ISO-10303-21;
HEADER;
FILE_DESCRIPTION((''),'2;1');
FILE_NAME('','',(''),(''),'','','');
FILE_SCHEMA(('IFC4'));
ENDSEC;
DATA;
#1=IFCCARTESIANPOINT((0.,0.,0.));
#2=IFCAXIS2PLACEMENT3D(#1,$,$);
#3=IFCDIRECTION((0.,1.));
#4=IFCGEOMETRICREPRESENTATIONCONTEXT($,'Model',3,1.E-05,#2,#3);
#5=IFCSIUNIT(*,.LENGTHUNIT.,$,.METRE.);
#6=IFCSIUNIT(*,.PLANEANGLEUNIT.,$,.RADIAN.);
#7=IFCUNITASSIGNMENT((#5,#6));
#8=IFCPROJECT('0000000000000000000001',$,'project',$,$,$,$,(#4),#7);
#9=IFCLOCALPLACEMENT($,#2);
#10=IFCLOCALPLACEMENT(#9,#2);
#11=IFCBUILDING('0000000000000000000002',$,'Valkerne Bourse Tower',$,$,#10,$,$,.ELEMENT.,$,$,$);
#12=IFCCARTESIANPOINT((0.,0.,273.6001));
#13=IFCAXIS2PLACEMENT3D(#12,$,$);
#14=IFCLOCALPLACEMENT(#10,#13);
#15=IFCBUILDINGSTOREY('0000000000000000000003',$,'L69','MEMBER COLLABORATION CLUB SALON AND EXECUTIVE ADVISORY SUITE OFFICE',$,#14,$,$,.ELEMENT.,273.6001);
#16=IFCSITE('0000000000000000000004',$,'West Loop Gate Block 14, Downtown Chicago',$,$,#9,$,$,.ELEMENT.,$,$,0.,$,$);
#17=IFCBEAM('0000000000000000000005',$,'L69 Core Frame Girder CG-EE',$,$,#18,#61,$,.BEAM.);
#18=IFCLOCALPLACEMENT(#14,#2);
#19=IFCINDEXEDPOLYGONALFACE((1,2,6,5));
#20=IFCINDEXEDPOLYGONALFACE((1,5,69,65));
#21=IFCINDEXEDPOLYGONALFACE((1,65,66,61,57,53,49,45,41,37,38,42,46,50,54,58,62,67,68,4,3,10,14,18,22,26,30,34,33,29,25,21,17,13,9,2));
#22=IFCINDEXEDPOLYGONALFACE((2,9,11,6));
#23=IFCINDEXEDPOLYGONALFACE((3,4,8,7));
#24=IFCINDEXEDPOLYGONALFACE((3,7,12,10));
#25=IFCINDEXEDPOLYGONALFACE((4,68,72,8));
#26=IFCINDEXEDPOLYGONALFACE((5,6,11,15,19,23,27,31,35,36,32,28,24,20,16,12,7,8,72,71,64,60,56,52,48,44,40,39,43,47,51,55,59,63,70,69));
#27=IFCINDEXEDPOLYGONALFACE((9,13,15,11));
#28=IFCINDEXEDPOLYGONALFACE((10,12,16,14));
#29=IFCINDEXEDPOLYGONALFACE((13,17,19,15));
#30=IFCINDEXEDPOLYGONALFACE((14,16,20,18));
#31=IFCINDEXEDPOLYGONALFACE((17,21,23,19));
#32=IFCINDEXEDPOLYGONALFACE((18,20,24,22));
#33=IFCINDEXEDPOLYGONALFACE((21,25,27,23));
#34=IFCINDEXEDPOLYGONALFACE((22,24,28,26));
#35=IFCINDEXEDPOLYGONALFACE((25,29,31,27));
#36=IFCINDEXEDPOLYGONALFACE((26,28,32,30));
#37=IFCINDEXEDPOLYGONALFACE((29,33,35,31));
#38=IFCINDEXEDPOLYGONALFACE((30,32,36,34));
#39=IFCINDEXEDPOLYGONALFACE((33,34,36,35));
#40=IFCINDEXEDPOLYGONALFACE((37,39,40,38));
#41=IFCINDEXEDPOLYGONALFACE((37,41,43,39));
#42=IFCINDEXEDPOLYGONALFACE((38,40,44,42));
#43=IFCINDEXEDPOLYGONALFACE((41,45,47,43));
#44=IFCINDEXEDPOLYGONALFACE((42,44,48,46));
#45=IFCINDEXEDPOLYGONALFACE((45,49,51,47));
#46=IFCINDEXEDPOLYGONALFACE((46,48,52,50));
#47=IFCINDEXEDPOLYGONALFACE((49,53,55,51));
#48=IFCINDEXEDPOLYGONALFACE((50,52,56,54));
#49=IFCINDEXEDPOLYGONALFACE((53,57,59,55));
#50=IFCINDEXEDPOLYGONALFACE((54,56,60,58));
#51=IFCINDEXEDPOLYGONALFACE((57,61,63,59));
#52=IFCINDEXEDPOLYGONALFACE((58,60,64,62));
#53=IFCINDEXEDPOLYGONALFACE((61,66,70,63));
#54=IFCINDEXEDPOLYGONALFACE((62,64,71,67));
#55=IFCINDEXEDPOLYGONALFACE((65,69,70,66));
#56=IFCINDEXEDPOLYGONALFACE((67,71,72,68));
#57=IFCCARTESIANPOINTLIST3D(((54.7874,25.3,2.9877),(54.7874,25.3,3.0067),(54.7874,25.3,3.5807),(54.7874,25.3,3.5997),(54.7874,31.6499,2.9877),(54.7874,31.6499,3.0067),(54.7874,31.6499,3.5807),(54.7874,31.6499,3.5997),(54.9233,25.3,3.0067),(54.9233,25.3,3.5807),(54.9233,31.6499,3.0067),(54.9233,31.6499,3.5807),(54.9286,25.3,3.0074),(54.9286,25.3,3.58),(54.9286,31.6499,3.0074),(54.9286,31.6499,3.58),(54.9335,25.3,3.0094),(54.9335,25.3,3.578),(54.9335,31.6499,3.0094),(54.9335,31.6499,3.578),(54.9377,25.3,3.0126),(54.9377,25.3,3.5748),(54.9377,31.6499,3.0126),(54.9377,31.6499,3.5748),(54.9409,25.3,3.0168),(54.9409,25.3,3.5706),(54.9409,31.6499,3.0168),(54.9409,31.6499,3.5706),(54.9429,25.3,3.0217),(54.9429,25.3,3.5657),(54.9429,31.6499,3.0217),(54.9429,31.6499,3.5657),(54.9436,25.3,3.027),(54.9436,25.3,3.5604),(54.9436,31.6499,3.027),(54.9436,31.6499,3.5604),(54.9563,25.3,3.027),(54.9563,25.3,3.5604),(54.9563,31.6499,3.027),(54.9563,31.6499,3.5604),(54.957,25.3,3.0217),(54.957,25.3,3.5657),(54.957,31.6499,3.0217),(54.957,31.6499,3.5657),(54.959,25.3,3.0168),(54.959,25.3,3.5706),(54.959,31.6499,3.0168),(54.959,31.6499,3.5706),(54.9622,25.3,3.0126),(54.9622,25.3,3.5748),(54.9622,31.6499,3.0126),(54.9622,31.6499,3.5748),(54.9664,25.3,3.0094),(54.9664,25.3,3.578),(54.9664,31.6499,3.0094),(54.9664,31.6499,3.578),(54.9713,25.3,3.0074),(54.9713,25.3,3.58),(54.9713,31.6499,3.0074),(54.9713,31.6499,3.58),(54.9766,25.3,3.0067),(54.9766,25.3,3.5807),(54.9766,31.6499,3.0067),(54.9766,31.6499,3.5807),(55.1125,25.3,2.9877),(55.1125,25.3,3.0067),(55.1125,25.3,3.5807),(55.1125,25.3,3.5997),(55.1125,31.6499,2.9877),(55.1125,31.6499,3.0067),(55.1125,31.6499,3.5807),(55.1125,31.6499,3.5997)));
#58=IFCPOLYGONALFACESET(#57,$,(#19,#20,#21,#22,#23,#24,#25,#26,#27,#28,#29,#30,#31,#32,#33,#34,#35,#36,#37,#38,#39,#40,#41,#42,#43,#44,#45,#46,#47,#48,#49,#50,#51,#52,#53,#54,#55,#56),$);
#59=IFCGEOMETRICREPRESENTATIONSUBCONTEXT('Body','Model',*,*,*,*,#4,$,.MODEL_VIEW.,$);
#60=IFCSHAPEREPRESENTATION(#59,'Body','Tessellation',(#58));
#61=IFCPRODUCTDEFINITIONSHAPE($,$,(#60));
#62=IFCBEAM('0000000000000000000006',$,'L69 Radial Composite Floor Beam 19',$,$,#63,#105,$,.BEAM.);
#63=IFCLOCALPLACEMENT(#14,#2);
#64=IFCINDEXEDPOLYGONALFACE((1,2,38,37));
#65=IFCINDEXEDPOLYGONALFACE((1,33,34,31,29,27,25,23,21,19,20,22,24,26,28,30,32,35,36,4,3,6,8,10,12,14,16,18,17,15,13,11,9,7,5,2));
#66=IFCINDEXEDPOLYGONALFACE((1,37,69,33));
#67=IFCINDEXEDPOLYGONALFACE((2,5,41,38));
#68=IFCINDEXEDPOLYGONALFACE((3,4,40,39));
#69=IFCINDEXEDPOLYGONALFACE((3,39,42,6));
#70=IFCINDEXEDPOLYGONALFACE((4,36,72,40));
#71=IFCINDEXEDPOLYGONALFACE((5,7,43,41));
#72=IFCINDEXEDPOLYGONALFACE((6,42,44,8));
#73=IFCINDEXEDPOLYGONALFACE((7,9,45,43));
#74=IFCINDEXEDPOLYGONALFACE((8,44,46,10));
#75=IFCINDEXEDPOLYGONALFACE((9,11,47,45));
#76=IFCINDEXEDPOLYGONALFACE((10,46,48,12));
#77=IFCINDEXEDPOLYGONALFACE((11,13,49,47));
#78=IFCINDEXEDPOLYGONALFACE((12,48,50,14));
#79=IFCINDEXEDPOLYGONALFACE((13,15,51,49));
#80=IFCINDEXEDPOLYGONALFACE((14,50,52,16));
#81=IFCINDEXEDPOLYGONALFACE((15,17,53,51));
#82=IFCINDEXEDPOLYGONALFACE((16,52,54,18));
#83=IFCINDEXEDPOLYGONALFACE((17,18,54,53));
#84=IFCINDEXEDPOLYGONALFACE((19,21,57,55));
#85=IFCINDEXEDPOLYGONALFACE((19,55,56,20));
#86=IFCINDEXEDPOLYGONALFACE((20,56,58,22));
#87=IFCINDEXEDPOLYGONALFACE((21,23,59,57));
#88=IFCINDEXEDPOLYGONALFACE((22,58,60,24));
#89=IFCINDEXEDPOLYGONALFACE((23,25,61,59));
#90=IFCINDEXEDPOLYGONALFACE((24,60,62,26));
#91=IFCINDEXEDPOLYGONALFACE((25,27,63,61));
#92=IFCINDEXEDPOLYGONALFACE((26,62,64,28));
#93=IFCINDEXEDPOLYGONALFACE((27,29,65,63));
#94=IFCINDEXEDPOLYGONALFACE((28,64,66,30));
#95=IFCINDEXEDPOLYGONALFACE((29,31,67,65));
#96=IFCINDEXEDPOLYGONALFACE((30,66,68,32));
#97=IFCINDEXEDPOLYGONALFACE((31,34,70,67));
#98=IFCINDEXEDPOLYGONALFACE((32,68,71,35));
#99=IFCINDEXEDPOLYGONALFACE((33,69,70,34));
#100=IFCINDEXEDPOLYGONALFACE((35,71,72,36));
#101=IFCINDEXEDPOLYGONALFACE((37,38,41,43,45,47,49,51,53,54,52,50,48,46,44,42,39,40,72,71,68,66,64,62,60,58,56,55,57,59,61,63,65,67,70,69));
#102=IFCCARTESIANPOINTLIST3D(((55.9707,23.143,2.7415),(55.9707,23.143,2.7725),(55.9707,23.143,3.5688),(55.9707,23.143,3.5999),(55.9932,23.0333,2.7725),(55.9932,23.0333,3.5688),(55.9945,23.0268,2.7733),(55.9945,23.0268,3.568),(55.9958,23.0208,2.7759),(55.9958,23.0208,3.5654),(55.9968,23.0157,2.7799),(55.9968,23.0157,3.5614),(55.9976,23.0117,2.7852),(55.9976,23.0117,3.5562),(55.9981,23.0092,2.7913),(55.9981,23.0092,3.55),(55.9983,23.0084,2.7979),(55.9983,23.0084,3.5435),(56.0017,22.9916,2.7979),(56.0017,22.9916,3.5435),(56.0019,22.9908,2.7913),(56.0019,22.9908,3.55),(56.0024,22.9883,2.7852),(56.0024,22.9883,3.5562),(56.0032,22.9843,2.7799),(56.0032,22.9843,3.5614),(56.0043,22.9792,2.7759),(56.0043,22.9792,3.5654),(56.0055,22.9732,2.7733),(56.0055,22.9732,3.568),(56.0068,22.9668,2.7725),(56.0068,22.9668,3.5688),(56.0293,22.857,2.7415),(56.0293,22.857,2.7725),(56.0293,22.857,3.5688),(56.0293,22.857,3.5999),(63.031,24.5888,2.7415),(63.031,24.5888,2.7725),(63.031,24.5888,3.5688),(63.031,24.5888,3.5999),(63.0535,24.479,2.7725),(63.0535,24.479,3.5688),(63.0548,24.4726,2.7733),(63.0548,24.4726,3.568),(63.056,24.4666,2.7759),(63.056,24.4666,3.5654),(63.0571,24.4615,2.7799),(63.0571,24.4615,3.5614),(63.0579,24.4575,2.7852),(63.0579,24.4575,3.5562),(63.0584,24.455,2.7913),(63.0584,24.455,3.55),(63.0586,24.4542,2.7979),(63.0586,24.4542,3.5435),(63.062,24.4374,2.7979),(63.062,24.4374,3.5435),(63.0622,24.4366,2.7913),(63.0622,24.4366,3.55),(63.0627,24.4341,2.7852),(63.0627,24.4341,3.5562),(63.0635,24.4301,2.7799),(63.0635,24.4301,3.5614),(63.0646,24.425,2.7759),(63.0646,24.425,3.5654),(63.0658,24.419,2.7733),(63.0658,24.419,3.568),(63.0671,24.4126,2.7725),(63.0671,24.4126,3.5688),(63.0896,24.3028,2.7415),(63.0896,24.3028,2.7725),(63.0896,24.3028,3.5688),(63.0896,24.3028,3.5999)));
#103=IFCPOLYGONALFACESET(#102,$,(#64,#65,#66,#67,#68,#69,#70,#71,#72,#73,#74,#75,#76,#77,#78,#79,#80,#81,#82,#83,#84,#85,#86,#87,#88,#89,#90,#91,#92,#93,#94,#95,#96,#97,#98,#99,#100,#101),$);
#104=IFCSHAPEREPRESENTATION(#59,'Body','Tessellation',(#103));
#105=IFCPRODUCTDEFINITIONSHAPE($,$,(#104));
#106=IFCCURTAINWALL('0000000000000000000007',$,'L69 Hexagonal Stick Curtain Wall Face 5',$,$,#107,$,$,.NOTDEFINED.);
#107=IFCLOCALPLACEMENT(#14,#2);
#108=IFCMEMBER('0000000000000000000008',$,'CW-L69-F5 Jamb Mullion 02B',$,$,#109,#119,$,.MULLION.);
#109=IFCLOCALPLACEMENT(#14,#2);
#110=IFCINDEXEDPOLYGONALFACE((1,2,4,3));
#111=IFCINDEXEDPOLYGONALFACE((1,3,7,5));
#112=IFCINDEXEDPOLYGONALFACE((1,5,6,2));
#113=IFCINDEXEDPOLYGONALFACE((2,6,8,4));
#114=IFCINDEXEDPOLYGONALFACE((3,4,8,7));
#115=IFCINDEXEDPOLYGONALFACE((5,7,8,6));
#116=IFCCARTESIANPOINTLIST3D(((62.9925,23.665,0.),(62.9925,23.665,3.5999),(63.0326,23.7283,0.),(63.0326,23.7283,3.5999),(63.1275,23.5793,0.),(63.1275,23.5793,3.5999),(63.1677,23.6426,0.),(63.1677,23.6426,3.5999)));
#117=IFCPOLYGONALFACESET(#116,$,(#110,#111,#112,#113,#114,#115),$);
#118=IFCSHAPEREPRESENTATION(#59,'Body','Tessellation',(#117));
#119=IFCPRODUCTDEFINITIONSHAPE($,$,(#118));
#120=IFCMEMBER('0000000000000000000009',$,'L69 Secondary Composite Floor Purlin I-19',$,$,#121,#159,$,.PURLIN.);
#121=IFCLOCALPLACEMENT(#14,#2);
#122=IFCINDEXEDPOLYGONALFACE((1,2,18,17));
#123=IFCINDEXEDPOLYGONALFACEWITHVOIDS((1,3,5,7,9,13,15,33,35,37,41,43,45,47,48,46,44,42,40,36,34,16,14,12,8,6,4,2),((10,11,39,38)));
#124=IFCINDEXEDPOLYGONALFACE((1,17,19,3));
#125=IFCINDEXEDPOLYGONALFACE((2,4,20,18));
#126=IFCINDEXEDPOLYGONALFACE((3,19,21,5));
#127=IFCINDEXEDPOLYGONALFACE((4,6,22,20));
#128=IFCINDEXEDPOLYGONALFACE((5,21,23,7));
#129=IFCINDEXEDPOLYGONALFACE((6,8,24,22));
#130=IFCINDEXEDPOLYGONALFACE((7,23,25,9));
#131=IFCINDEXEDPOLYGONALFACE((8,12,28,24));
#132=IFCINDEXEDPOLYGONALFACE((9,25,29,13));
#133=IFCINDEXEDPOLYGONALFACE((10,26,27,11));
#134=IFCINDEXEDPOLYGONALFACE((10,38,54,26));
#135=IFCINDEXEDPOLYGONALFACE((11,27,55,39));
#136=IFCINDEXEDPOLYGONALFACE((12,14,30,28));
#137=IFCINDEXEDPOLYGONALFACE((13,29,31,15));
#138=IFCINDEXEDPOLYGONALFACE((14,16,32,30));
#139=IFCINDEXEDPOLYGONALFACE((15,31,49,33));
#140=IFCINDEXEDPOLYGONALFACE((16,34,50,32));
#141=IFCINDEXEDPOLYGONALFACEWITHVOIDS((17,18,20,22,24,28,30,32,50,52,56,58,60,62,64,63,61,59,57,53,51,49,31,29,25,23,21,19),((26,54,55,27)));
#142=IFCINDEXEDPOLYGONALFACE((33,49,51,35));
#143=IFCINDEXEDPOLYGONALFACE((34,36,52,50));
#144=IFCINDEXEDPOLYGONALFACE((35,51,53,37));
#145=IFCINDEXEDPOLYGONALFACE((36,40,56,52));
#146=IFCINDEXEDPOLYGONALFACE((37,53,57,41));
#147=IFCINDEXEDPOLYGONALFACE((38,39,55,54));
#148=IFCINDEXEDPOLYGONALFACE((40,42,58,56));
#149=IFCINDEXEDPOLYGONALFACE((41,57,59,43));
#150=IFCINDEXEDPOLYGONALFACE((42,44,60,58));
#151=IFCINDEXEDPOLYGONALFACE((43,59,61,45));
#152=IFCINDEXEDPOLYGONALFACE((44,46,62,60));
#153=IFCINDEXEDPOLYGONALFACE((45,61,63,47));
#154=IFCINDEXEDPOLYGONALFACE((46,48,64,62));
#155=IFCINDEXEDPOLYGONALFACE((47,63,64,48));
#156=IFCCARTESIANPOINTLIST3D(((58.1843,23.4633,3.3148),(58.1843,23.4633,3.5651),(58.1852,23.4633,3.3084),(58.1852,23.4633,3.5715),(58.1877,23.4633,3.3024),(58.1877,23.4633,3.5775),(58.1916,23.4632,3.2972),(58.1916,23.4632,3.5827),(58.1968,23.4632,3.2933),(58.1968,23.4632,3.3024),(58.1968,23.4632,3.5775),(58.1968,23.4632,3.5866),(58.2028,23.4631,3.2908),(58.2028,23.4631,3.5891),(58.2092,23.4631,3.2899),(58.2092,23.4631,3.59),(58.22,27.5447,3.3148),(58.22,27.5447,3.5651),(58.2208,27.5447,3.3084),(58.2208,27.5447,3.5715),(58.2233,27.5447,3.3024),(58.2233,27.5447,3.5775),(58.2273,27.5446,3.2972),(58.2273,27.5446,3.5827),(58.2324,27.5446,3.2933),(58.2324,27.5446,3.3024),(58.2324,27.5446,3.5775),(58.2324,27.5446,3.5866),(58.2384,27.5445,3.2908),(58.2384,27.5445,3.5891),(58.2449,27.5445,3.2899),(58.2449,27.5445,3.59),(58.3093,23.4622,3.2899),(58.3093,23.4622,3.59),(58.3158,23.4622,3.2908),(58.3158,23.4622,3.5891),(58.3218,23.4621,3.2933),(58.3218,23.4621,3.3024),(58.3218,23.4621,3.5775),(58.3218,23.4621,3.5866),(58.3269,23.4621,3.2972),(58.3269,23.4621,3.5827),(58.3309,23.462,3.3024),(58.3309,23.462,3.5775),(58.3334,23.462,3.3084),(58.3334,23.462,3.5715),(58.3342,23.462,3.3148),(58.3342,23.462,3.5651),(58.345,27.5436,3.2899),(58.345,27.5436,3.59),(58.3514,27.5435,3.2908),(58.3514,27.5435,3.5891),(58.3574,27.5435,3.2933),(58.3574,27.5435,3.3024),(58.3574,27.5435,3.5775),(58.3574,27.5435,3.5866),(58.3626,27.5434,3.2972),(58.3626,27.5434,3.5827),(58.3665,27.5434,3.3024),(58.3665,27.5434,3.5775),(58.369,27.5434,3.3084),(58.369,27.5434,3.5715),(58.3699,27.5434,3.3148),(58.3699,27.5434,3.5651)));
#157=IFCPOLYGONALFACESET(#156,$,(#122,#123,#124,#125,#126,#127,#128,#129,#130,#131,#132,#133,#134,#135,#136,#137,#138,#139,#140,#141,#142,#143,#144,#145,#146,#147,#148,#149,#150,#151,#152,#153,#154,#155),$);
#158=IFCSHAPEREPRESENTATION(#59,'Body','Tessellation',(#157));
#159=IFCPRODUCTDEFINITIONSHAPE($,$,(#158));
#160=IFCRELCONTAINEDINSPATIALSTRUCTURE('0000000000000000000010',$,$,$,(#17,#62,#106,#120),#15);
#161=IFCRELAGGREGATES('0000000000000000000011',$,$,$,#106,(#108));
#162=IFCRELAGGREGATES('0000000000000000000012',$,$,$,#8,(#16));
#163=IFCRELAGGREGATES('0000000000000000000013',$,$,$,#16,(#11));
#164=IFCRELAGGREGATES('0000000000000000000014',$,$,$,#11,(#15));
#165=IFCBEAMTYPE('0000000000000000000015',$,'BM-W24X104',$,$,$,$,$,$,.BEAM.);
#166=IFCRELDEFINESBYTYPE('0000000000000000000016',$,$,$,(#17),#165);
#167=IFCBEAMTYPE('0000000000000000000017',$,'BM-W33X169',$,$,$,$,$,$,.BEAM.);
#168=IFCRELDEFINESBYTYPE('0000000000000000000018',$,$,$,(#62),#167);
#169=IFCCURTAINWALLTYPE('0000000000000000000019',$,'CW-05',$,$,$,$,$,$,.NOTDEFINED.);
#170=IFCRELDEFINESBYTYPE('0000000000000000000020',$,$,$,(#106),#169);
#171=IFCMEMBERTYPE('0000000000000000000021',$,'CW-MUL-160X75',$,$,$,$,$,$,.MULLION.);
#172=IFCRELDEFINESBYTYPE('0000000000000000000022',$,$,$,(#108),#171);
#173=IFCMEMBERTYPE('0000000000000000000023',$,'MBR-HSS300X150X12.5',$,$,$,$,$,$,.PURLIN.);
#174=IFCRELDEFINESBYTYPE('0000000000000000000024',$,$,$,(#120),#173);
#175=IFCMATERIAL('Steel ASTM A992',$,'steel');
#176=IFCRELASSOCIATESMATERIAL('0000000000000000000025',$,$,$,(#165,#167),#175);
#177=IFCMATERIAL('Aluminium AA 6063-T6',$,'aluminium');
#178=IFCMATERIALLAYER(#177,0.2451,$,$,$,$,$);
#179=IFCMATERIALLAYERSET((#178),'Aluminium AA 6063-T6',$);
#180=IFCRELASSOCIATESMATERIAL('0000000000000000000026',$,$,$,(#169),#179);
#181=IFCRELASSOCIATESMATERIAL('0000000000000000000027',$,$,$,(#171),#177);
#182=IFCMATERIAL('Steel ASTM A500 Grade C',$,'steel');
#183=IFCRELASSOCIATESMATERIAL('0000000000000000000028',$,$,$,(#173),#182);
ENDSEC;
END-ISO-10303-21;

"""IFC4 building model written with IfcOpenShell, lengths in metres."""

from ifc_helpers import new_model, si_unit, direction, frame, origin, origin_2d, place, context, subcontext, project, spatial, rectangle, hollow_rectangle, i_section, extrude, material, layer, layer_set, material_profile, profile_set, type_object, element, aggregate, save


model = new_model("IFC4")

# Units and contexts
model_context = context("Model", 3, precision=1e-05, world=origin(), true_north=direction((0.0, 1.0)))
body_context = subcontext(model_context, "Body", "Model", "MODEL_VIEW")
ifc_project = project(units=[si_unit("LENGTHUNIT", "METRE"), si_unit("PLANEANGLEUNIT", "RADIAN")], contexts=[model_context])

# Site, building, storey
site_placement = place(None, origin())
site = spatial("IfcSite", under=ifc_project, at=site_placement, Name="West Loop Gate Block 14, Downtown Chicago", CompositionType="ELEMENT", RefElevation=0.0)
building_placement = place(site_placement, origin())
building = spatial("IfcBuilding", under=site, at=building_placement, Name="Valkerne Bourse Tower", CompositionType="ELEMENT")
storey_placement = place(building_placement, frame((0.0, 0.0, 273.6001)))
storey = spatial("IfcBuildingStorey", under=building, at=storey_placement, Name="L69", Description="MEMBER COLLABORATION CLUB SALON AND EXECUTIVE ADVISORY SUITE OFFICE", CompositionType="ELEMENT", Elevation=273.6001)

# Shared definitions
ifc_material_1 = material(Name="Steel ASTM A500 Grade C", Category="steel")

# Beams
ifc_material_2 = material(Name="Steel ASTM A992", Category="steel")
ifc_material_profile_1 = material_profile(ifc_material_2, i_section(OverallWidth=0.3252, OverallDepth=0.6121, WebThickness=0.0127, FlangeThickness=0.019, FilletRadius=0.0203, at=origin_2d()), Name="W24X104")
ifc_profile_set_1 = profile_set([ifc_material_profile_1], Name="Steel ASTM A992")
beam_type_1 = type_object("IfcBeamType", Name="BM-W24X104", PredefinedType="BEAM", material=ifc_profile_set_1)
beam_1_placement = place(storey_placement, frame((54.95, 25.3, 3.2937), z_axis=(0.0, 1.0, 0.0), x_axis=(-1.0, 0.0, 0.0)))
element("IfcBeam", 1, at=beam_1_placement, inside=storey, type_object=beam_type_1, Name="L69 Core Frame Girder CG-EE", PredefinedType="BEAM", context=body_context, shape_type="SweptSolid", body=[
    extrude(i_section(OverallWidth=0.3252, OverallDepth=0.6121, WebThickness=0.0127, FlangeThickness=0.019, FilletRadius=0.0203, at=origin_2d()), origin(), (0.0, 0.0, 1.0), 6.3499),
])
ifc_material_profile_2 = material_profile(ifc_material_2, i_section(OverallWidth=0.292, OverallDepth=0.8584, WebThickness=0.0171, FlangeThickness=0.031, FilletRadius=0.0254, at=origin_2d()), Name="W33X169")
ifc_profile_set_2 = profile_set([ifc_material_profile_2], Name="Steel ASTM A992")
beam_type_2 = type_object("IfcBeamType", Name="BM-W33X169", PredefinedType="BEAM", material=ifc_profile_set_2)
beam_2_placement = place(storey_placement, frame((63.0603, 24.4458, 3.1707), z_axis=(-0.97967, -0.200616, 0.0), x_axis=(0.200616, -0.97967, 0.0)))
element("IfcBeam", 2, at=beam_2_placement, inside=storey, type_object=beam_type_2, Name="L69 Radial Composite Floor Beam 19", PredefinedType="BEAM", context=body_context, shape_type="SweptSolid", body=[
    extrude(i_section(OverallWidth=0.292, OverallDepth=0.8584, WebThickness=0.0171, FlangeThickness=0.031, FilletRadius=0.0254, at=origin_2d()), origin(), (0.0, 0.0, 1.0), 7.2068),
])

# Curtain wall, member
ifc_material_3 = material(Name="Aluminium AA 6063-T6", Category="aluminium")
ifc_layer_1 = layer(ifc_material_3, 0.2451)
ifc_layer_set_1 = layer_set([ifc_layer_1], Name="Aluminium AA 6063-T6")
curtain_wall_type = type_object("IfcCurtainWallType", Name="CW-05", PredefinedType="NOTDEFINED", material=ifc_layer_set_1)
curtain_wall_placement = place(storey_placement, origin())
curtain_wall = element("IfcCurtainWall", 3, at=curtain_wall_placement, inside=storey, type_object=curtain_wall_type, Name="L69 Hexagonal Stick Curtain Wall Face 5", PredefinedType="NOTDEFINED")
ifc_material_profile_3 = material_profile(ifc_material_3, rectangle(XDim=0.075, YDim=0.1599, at=origin_2d()), Name="CWM-75X160")
ifc_profile_set_3 = profile_set([ifc_material_profile_3], Name="Aluminium AA 6063-T6")
member_type_1 = type_object("IfcMemberType", Name="CW-MUL-160X75", PredefinedType="MULLION", material=ifc_profile_set_3)
member_1_placement = place(storey_placement, frame((63.0801, 23.6538, 0.0), z_axis=(0.0, 0.0, 1.0), x_axis=(0.535827, 0.844328, 0.0)))
member_1 = element("IfcMember", 4, at=member_1_placement, type_object=member_type_1, Name="CW-L69-F5 Jamb Mullion 02B", PredefinedType="MULLION", context=body_context, shape_type="SweptSolid", body=[
    extrude(rectangle(XDim=0.075, YDim=0.1599, at=origin_2d()), origin(), (0.0, 0.0, 1.0), 3.5999),
])

# Member
ifc_material_profile_4 = material_profile(ifc_material_1, hollow_rectangle(XDim=0.1499, YDim=0.3, WallThickness=0.0125, OuterFilletRadius=0.0249, at=origin_2d()), Name="HSS300X150X12.5")
ifc_profile_set_4 = profile_set([ifc_material_profile_4], Name="Steel ASTM A500 Grade C")
member_type_2 = type_object("IfcMemberType", Name="MBR-HSS300X150X12.5", PredefinedType="PURLIN", material=ifc_profile_set_4)
member_2_placement = place(storey_placement, frame((58.2593, 23.4626, 3.4399), z_axis=(0.008733, 0.999962, 0.0), x_axis=(-0.999962, 0.008733, 0.0)))
element("IfcMember", 5, at=member_2_placement, inside=storey, type_object=member_type_2, Name="L69 Secondary Composite Floor Purlin I-19", PredefinedType="PURLIN", context=body_context, shape_type="SweptSolid", body=[
    extrude(hollow_rectangle(XDim=0.1499, YDim=0.3, WallThickness=0.0125, OuterFilletRadius=0.0249, at=origin_2d()), origin(), (0.0, 0.0, 1.0), 4.0815),
])

aggregate(curtain_wall, [member_1])

save(model, "model.ifc")
